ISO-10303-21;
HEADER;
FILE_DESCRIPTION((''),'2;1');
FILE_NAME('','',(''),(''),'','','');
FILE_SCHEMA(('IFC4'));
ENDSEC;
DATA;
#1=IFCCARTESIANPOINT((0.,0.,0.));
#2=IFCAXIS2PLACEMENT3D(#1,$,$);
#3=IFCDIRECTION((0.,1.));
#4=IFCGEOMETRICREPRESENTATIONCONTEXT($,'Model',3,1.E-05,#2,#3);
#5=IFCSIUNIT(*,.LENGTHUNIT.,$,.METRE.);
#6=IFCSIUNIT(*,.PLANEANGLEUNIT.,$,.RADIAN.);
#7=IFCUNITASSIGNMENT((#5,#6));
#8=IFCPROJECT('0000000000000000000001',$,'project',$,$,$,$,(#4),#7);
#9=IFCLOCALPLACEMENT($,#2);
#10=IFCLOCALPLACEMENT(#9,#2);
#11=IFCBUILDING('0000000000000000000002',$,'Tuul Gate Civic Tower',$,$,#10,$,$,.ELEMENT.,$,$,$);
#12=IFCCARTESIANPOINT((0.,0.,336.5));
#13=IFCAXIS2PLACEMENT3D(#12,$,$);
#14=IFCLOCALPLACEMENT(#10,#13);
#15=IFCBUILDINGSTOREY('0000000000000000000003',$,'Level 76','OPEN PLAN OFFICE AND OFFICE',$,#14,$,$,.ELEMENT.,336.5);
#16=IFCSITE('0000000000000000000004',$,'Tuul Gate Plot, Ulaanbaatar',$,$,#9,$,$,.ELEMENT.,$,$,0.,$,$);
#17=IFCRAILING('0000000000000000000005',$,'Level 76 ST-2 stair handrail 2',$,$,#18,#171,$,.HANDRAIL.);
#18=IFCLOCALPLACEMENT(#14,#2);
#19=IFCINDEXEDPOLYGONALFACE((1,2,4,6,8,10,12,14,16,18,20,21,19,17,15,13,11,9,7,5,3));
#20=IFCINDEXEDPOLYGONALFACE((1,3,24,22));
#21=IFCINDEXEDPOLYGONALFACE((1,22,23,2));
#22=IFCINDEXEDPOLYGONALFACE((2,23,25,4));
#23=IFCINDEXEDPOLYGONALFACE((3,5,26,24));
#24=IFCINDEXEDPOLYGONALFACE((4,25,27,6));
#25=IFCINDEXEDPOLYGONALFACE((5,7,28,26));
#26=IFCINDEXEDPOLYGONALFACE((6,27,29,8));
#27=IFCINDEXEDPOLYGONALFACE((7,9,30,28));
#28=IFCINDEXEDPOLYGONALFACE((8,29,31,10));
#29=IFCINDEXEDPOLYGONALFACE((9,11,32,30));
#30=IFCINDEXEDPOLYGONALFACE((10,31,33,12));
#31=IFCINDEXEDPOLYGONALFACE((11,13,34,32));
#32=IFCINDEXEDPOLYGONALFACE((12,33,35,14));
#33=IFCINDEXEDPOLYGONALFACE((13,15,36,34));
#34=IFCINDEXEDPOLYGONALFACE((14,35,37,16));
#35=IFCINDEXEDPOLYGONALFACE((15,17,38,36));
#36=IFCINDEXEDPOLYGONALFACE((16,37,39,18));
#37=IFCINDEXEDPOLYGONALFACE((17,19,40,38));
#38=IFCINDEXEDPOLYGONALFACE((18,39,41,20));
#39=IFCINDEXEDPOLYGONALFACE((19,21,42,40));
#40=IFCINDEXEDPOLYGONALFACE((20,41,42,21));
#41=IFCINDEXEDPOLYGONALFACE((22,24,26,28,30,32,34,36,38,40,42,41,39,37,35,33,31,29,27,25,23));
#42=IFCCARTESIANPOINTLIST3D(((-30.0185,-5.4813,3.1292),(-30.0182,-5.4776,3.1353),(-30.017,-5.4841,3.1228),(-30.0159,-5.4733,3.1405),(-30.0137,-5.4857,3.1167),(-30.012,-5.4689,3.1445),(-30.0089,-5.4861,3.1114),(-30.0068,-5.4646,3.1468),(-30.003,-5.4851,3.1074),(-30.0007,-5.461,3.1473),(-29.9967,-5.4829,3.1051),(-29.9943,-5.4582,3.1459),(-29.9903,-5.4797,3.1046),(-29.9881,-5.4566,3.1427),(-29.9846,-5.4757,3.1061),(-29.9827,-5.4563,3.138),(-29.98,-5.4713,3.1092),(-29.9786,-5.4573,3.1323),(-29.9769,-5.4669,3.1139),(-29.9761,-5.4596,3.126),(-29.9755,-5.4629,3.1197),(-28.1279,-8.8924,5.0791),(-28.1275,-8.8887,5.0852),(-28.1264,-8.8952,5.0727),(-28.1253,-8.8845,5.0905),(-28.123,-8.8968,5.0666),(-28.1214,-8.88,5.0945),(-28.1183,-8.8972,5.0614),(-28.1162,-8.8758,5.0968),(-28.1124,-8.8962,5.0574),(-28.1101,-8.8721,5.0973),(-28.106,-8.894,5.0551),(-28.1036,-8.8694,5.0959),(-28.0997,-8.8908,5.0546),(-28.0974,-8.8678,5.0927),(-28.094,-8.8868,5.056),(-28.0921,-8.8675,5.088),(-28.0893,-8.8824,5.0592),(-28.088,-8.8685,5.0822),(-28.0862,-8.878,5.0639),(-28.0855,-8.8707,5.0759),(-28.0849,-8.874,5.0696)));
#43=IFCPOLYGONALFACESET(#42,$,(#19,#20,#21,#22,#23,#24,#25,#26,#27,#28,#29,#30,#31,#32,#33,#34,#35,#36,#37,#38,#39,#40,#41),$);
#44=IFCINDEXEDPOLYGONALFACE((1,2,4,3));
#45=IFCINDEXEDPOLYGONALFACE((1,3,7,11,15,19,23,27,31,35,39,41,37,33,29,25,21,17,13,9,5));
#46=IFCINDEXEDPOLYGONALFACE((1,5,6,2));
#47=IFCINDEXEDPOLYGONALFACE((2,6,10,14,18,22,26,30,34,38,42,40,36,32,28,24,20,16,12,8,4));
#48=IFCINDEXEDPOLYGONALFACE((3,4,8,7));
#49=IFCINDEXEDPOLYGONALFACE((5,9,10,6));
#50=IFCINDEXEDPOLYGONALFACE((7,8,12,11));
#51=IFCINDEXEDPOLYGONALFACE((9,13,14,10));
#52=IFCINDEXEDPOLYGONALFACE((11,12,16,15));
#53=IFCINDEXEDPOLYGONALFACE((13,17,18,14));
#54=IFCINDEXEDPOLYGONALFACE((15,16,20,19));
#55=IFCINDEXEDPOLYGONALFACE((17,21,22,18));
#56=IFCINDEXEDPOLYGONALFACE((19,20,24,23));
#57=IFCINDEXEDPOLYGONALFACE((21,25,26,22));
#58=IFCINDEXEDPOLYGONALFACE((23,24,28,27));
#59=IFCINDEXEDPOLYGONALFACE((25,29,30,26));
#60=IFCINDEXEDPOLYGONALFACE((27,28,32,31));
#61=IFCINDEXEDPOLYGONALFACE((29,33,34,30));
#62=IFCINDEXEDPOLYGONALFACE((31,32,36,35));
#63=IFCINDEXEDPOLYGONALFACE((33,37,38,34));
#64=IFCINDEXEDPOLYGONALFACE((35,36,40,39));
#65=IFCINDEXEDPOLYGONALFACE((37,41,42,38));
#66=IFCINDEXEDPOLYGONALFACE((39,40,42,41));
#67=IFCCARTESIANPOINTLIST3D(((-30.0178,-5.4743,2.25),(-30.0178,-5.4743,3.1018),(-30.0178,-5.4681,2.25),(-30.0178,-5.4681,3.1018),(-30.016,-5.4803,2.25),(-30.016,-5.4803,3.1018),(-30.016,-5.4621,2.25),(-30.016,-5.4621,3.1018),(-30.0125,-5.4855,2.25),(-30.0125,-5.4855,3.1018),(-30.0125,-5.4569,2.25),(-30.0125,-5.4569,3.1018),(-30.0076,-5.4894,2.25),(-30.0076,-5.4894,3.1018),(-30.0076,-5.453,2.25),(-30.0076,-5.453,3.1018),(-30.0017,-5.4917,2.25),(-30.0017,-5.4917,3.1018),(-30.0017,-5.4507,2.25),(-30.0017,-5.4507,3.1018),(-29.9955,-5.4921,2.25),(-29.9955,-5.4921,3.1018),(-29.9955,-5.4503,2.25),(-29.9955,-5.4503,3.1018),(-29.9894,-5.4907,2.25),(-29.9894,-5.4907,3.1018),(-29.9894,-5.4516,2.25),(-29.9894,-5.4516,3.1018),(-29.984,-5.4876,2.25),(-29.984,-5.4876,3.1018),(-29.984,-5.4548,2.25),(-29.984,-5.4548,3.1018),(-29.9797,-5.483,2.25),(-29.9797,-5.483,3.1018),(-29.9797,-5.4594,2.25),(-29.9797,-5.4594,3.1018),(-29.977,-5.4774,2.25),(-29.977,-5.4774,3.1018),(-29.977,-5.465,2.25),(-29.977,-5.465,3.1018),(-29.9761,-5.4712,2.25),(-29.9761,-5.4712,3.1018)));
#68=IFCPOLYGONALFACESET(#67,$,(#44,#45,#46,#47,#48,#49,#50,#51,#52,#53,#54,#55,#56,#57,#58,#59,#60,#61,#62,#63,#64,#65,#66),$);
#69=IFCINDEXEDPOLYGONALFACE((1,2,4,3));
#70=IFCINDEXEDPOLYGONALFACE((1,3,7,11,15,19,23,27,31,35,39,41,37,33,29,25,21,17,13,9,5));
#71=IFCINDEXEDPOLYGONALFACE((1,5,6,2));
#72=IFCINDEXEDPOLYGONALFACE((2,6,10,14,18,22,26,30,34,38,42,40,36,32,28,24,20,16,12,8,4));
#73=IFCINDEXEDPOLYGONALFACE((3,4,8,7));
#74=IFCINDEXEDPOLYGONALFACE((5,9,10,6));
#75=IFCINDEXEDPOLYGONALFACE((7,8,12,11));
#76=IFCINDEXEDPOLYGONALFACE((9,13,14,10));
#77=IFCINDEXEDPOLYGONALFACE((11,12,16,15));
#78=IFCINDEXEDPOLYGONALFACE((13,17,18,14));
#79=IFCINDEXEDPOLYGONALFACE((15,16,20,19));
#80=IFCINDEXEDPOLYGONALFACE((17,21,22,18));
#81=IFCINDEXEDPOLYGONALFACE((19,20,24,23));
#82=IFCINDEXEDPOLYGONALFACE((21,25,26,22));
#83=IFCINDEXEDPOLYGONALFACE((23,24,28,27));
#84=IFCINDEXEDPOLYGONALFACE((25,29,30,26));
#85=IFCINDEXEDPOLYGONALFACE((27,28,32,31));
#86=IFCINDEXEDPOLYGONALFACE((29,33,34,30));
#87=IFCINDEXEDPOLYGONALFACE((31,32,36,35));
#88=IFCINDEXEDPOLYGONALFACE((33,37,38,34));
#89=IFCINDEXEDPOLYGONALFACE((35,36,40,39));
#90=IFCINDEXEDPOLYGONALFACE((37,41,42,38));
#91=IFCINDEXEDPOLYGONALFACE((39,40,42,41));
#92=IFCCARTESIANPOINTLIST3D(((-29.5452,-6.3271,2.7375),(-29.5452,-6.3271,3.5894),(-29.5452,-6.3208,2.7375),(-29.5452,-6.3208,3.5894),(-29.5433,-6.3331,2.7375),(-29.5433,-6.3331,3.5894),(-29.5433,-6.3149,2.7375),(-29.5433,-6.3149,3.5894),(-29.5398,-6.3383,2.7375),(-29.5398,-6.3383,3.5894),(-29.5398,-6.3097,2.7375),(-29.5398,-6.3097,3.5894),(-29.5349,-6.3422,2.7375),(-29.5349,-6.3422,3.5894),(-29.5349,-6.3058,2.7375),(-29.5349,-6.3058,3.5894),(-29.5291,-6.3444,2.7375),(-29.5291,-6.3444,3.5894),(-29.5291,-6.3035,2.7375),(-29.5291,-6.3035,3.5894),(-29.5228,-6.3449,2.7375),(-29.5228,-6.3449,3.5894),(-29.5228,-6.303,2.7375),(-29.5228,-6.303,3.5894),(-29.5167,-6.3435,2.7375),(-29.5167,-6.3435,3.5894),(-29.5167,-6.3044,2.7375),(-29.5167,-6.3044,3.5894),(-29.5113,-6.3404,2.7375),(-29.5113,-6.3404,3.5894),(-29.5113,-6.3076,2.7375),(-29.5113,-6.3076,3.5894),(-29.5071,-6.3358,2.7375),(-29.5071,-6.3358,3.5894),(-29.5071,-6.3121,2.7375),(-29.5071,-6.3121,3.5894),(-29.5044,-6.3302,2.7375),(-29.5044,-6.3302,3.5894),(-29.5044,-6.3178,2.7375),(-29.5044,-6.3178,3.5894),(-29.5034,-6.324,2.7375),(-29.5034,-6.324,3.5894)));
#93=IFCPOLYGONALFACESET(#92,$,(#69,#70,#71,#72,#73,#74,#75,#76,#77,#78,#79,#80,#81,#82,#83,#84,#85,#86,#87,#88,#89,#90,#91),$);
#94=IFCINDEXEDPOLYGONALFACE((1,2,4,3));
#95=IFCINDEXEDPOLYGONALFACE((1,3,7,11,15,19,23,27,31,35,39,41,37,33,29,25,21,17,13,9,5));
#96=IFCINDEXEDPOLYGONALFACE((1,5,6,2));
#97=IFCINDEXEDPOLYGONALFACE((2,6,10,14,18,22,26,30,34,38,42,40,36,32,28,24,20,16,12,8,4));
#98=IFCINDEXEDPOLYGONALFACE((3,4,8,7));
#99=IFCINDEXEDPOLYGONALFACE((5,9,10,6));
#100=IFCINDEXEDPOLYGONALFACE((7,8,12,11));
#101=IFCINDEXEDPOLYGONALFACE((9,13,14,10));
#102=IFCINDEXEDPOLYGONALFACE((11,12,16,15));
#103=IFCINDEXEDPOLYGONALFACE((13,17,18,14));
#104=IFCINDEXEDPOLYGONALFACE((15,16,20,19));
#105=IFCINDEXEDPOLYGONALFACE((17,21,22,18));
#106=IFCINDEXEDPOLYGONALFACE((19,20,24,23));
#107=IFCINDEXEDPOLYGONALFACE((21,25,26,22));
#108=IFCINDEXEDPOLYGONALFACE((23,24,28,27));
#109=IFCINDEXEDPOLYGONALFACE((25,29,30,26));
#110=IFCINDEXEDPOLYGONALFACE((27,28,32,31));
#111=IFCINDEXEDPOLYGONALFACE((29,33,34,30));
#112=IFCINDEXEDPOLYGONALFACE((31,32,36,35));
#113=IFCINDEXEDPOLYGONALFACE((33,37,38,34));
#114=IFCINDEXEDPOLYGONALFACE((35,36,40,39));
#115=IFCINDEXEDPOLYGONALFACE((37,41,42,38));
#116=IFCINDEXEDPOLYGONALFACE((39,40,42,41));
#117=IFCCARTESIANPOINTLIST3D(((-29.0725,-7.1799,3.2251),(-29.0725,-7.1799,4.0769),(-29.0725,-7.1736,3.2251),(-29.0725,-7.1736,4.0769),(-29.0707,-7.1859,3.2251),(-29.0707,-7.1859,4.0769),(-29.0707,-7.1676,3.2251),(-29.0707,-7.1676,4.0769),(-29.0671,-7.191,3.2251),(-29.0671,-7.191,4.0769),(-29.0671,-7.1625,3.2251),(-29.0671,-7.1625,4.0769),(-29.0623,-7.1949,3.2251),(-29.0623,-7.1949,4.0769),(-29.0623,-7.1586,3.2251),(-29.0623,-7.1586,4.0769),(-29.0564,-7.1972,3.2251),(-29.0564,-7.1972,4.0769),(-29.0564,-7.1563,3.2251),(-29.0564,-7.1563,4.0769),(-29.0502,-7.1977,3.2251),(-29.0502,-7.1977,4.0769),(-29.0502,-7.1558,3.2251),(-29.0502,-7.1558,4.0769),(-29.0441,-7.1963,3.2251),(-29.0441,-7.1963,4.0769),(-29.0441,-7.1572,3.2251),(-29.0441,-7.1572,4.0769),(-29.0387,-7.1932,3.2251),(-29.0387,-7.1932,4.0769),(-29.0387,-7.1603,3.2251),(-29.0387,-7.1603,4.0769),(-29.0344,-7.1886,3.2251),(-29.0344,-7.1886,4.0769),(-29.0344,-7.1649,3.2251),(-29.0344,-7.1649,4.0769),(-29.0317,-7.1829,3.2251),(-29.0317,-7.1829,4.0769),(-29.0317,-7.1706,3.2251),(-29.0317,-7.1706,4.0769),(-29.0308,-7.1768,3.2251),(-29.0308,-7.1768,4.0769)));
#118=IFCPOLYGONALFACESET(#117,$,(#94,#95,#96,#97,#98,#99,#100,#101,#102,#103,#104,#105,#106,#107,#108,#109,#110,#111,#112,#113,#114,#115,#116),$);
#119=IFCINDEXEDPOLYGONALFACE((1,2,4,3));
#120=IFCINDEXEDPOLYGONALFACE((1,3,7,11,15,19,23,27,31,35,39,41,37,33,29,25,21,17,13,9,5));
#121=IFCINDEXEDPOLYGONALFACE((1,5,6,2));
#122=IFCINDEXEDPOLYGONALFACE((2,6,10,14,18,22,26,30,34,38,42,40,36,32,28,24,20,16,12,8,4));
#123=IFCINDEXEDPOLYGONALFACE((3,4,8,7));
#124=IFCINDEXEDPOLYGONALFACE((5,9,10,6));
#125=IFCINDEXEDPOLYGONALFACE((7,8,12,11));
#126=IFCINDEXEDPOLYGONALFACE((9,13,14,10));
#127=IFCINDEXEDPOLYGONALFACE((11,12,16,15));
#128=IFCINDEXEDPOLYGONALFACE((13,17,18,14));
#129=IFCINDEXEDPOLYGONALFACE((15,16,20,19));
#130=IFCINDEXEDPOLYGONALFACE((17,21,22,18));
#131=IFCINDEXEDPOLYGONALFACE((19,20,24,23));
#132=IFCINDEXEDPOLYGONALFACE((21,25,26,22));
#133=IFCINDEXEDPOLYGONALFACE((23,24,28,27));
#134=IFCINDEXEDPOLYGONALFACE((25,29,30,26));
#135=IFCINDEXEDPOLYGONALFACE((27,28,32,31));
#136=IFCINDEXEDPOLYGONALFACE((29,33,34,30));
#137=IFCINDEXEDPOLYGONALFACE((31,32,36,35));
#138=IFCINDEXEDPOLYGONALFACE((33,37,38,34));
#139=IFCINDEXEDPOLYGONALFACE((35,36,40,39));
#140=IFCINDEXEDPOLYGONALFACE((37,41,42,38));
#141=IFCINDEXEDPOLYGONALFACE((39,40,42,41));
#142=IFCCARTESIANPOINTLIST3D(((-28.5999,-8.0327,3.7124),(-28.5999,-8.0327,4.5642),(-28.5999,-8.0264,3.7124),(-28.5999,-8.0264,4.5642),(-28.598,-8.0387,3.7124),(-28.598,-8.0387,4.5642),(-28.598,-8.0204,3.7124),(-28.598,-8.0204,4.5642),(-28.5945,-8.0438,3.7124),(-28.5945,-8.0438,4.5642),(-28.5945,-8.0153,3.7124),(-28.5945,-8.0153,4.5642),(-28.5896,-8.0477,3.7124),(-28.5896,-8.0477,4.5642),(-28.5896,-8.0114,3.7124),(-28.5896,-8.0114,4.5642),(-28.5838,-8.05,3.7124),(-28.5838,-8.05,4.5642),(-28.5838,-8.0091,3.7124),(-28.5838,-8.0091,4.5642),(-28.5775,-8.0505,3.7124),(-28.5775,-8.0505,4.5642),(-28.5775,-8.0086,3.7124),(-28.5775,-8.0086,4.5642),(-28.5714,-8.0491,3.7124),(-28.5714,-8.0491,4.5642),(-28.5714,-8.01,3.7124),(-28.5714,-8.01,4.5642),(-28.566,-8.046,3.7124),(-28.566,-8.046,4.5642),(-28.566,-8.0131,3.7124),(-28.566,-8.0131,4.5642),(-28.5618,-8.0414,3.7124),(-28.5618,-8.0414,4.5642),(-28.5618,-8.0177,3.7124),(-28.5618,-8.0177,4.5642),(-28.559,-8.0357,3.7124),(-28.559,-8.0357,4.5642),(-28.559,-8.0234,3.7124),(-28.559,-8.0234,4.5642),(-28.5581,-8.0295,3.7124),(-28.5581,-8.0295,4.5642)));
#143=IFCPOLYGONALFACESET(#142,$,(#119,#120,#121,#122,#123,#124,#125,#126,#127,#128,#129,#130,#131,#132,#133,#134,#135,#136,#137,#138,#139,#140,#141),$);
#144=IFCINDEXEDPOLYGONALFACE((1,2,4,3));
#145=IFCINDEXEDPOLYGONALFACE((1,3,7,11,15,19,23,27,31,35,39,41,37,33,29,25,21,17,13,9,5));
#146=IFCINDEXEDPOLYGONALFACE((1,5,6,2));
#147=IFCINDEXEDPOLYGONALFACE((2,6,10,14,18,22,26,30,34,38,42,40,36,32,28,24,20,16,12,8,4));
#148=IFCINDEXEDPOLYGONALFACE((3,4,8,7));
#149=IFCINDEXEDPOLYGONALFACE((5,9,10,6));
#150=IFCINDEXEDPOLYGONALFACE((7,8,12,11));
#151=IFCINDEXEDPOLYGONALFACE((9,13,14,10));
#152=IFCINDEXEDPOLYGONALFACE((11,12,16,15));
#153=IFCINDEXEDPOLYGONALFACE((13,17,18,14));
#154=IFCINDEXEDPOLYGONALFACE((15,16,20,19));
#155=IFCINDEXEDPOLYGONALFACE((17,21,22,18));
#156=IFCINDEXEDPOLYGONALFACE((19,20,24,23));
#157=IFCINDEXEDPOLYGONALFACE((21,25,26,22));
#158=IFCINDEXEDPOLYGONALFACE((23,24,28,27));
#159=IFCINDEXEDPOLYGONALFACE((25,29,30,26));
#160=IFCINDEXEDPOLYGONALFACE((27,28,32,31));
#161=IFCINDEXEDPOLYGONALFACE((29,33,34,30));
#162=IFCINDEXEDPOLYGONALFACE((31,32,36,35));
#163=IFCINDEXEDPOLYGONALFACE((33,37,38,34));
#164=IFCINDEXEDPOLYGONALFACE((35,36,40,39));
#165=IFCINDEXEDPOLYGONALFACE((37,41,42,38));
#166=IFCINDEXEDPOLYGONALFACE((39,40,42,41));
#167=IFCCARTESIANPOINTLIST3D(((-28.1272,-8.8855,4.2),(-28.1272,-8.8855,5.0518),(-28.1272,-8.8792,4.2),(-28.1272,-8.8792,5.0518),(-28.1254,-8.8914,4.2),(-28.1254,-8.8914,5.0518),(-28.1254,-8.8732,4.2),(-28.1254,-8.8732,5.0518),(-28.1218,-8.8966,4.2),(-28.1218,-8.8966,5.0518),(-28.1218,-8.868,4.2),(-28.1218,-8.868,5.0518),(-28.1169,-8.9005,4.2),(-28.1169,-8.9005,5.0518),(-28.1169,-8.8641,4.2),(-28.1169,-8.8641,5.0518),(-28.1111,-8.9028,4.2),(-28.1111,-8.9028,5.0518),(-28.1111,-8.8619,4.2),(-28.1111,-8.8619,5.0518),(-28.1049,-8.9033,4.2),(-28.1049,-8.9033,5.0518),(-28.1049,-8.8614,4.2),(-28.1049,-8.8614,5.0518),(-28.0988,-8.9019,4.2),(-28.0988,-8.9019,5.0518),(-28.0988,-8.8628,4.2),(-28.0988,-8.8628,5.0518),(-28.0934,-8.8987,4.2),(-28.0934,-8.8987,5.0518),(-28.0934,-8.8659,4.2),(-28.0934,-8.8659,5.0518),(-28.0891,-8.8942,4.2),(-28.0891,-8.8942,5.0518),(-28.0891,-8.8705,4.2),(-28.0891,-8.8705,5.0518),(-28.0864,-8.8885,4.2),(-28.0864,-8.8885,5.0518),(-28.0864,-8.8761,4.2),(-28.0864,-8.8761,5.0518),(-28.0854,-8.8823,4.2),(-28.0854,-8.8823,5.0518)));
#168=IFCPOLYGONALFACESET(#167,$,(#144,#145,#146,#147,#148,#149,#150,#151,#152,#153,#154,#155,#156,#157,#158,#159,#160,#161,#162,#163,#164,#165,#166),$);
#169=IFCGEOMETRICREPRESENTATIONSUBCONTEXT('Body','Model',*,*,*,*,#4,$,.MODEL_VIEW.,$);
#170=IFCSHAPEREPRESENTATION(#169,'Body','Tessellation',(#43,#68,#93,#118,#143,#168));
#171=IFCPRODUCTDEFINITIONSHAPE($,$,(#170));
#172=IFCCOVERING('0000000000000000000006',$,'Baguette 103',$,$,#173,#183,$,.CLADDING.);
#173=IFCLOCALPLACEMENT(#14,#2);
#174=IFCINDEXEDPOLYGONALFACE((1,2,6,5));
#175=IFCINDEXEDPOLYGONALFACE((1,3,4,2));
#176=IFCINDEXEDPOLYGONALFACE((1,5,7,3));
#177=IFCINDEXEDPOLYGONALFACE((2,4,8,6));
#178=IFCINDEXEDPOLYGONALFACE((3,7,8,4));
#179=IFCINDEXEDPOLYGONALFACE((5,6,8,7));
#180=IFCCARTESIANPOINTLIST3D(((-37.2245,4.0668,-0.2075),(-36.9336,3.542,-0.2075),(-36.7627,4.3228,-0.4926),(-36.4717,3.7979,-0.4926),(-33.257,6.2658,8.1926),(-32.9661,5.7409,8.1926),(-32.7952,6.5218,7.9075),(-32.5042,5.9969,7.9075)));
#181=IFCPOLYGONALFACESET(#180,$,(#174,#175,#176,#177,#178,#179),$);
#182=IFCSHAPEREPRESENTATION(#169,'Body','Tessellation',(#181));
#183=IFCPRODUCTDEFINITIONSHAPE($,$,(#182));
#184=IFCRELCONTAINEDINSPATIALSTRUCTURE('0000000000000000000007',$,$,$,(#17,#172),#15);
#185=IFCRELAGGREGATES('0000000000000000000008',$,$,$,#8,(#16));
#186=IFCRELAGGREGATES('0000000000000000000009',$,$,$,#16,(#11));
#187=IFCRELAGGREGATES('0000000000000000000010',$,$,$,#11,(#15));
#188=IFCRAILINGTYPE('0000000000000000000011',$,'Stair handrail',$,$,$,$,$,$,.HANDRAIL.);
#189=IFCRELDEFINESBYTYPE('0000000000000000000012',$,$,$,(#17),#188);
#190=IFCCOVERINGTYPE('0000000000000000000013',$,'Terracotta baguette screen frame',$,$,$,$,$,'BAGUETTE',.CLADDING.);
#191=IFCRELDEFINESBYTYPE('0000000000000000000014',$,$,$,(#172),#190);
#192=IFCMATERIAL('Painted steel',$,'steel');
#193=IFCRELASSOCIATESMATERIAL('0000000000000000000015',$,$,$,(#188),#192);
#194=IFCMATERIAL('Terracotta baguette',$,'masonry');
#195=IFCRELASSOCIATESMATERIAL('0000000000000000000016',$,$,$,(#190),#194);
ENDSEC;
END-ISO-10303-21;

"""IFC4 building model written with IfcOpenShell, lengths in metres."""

from ifc_helpers import new_model, si_unit, direction, frame, origin, origin_2d, place, context, subcontext, project, spatial, rectangle, circle, extrude, material, material_profile, profile_set, type_object, element, save


model = new_model("IFC4")

# Units and contexts
model_context = context("Model", 3, precision=1e-05, world=origin(), true_north=direction((0.0, 1.0)))
body_context = subcontext(model_context, "Body", "Model", "MODEL_VIEW")
ifc_project = project(units=[si_unit("LENGTHUNIT", "METRE"), si_unit("PLANEANGLEUNIT", "RADIAN")], contexts=[model_context])

# Site, building, storey
site_placement = place(None, origin())
site = spatial("IfcSite", under=ifc_project, at=site_placement, Name="Tuul Gate Plot, Ulaanbaatar", CompositionType="ELEMENT", RefElevation=0.0)
building_placement = place(site_placement, origin())
building = spatial("IfcBuilding", under=site, at=building_placement, Name="Tuul Gate Civic Tower", CompositionType="ELEMENT")
storey_placement = place(building_placement, frame((0.0, 0.0, 336.5)))
storey = spatial("IfcBuildingStorey", under=building, at=storey_placement, Name="Level 76", Description="OPEN PLAN OFFICE AND OFFICE", CompositionType="ELEMENT", Elevation=336.5)

# Railing
ifc_material_1 = material(Name="Painted steel", Category="steel")
railing_type_1 = type_object("IfcRailingType", Name="Stair handrail", PredefinedType="HANDRAIL", material=ifc_material_1)
railing_1_placement = place(storey_placement, frame((-29.9971, -5.4712, 2.25)))
element("IfcRailing", 1, at=railing_1_placement, inside=storey, type_object=railing_type_1, Name="Level 76 ST-2 stair handrail 2", PredefinedType="HANDRAIL", context=body_context, shape_type="SweptSolid", body=[
    extrude(circle(Radius=0.0239, at=origin_2d()), frame((0.0, 0.0, 0.876), z_axis=(0.433595, -0.782308, 0.447201), x_axis=(0.874641, 0.484771, 0.0)), (0.0, 0.0, 1.0), 4.3604),
    extrude(circle(Radius=0.021, at=origin_2d()), origin(), (0.0, 0.0, 1.0), 0.8518),
    extrude(circle(Radius=0.021, at=origin_2d()), frame((0.4727, -0.8528, 0.4875)), (0.0, 0.0, 1.0), 0.8518),
    extrude(circle(Radius=0.021, at=origin_2d()), frame((0.9453, -1.7056, 0.9751)), (0.0, 0.0, 1.0), 0.8518),
    extrude(circle(Radius=0.021, at=origin_2d()), frame((1.418, -2.5583, 1.4624)), (0.0, 0.0, 1.0), 0.8518),
    extrude(circle(Radius=0.021, at=origin_2d()), frame((1.8906, -3.4111, 1.95)), (0.0, 0.0, 1.0), 0.8518),
])

# Covering
ifc_material_2 = material(Name="Terracotta baguette", Category="masonry")
ifc_material_profile_1 = material_profile(ifc_material_2, rectangle(XDim=0.6001, YDim=0.6001, at=origin_2d()), Name="Terracotta baguette screen frame")
ifc_profile_set_1 = profile_set([ifc_material_profile_1], Name="Terracotta baguette")
covering_type = type_object("IfcCoveringType", Name="Terracotta baguette screen frame", ElementType="BAGUETTE", PredefinedType="CLADDING", material=ifc_profile_set_1)
covering_placement = place(storey_placement, frame((-32.8806, 6.1313, 8.05), z_axis=(-0.415592, -0.230339, -0.879902), x_axis=(0.484765, -0.874644, 0.0)))
element("IfcCovering", 2, at=covering_placement, inside=storey, type_object=covering_type, Name="Baguette 103", PredefinedType="CLADDING", context=body_context, shape_type="SweptSolid", body=[
    extrude(rectangle(XDim=0.6001, YDim=0.6001, at=origin_2d()), origin(), (0.0, 0.0, 1.0), 9.5466),
])

save(model, "model.ifc")
